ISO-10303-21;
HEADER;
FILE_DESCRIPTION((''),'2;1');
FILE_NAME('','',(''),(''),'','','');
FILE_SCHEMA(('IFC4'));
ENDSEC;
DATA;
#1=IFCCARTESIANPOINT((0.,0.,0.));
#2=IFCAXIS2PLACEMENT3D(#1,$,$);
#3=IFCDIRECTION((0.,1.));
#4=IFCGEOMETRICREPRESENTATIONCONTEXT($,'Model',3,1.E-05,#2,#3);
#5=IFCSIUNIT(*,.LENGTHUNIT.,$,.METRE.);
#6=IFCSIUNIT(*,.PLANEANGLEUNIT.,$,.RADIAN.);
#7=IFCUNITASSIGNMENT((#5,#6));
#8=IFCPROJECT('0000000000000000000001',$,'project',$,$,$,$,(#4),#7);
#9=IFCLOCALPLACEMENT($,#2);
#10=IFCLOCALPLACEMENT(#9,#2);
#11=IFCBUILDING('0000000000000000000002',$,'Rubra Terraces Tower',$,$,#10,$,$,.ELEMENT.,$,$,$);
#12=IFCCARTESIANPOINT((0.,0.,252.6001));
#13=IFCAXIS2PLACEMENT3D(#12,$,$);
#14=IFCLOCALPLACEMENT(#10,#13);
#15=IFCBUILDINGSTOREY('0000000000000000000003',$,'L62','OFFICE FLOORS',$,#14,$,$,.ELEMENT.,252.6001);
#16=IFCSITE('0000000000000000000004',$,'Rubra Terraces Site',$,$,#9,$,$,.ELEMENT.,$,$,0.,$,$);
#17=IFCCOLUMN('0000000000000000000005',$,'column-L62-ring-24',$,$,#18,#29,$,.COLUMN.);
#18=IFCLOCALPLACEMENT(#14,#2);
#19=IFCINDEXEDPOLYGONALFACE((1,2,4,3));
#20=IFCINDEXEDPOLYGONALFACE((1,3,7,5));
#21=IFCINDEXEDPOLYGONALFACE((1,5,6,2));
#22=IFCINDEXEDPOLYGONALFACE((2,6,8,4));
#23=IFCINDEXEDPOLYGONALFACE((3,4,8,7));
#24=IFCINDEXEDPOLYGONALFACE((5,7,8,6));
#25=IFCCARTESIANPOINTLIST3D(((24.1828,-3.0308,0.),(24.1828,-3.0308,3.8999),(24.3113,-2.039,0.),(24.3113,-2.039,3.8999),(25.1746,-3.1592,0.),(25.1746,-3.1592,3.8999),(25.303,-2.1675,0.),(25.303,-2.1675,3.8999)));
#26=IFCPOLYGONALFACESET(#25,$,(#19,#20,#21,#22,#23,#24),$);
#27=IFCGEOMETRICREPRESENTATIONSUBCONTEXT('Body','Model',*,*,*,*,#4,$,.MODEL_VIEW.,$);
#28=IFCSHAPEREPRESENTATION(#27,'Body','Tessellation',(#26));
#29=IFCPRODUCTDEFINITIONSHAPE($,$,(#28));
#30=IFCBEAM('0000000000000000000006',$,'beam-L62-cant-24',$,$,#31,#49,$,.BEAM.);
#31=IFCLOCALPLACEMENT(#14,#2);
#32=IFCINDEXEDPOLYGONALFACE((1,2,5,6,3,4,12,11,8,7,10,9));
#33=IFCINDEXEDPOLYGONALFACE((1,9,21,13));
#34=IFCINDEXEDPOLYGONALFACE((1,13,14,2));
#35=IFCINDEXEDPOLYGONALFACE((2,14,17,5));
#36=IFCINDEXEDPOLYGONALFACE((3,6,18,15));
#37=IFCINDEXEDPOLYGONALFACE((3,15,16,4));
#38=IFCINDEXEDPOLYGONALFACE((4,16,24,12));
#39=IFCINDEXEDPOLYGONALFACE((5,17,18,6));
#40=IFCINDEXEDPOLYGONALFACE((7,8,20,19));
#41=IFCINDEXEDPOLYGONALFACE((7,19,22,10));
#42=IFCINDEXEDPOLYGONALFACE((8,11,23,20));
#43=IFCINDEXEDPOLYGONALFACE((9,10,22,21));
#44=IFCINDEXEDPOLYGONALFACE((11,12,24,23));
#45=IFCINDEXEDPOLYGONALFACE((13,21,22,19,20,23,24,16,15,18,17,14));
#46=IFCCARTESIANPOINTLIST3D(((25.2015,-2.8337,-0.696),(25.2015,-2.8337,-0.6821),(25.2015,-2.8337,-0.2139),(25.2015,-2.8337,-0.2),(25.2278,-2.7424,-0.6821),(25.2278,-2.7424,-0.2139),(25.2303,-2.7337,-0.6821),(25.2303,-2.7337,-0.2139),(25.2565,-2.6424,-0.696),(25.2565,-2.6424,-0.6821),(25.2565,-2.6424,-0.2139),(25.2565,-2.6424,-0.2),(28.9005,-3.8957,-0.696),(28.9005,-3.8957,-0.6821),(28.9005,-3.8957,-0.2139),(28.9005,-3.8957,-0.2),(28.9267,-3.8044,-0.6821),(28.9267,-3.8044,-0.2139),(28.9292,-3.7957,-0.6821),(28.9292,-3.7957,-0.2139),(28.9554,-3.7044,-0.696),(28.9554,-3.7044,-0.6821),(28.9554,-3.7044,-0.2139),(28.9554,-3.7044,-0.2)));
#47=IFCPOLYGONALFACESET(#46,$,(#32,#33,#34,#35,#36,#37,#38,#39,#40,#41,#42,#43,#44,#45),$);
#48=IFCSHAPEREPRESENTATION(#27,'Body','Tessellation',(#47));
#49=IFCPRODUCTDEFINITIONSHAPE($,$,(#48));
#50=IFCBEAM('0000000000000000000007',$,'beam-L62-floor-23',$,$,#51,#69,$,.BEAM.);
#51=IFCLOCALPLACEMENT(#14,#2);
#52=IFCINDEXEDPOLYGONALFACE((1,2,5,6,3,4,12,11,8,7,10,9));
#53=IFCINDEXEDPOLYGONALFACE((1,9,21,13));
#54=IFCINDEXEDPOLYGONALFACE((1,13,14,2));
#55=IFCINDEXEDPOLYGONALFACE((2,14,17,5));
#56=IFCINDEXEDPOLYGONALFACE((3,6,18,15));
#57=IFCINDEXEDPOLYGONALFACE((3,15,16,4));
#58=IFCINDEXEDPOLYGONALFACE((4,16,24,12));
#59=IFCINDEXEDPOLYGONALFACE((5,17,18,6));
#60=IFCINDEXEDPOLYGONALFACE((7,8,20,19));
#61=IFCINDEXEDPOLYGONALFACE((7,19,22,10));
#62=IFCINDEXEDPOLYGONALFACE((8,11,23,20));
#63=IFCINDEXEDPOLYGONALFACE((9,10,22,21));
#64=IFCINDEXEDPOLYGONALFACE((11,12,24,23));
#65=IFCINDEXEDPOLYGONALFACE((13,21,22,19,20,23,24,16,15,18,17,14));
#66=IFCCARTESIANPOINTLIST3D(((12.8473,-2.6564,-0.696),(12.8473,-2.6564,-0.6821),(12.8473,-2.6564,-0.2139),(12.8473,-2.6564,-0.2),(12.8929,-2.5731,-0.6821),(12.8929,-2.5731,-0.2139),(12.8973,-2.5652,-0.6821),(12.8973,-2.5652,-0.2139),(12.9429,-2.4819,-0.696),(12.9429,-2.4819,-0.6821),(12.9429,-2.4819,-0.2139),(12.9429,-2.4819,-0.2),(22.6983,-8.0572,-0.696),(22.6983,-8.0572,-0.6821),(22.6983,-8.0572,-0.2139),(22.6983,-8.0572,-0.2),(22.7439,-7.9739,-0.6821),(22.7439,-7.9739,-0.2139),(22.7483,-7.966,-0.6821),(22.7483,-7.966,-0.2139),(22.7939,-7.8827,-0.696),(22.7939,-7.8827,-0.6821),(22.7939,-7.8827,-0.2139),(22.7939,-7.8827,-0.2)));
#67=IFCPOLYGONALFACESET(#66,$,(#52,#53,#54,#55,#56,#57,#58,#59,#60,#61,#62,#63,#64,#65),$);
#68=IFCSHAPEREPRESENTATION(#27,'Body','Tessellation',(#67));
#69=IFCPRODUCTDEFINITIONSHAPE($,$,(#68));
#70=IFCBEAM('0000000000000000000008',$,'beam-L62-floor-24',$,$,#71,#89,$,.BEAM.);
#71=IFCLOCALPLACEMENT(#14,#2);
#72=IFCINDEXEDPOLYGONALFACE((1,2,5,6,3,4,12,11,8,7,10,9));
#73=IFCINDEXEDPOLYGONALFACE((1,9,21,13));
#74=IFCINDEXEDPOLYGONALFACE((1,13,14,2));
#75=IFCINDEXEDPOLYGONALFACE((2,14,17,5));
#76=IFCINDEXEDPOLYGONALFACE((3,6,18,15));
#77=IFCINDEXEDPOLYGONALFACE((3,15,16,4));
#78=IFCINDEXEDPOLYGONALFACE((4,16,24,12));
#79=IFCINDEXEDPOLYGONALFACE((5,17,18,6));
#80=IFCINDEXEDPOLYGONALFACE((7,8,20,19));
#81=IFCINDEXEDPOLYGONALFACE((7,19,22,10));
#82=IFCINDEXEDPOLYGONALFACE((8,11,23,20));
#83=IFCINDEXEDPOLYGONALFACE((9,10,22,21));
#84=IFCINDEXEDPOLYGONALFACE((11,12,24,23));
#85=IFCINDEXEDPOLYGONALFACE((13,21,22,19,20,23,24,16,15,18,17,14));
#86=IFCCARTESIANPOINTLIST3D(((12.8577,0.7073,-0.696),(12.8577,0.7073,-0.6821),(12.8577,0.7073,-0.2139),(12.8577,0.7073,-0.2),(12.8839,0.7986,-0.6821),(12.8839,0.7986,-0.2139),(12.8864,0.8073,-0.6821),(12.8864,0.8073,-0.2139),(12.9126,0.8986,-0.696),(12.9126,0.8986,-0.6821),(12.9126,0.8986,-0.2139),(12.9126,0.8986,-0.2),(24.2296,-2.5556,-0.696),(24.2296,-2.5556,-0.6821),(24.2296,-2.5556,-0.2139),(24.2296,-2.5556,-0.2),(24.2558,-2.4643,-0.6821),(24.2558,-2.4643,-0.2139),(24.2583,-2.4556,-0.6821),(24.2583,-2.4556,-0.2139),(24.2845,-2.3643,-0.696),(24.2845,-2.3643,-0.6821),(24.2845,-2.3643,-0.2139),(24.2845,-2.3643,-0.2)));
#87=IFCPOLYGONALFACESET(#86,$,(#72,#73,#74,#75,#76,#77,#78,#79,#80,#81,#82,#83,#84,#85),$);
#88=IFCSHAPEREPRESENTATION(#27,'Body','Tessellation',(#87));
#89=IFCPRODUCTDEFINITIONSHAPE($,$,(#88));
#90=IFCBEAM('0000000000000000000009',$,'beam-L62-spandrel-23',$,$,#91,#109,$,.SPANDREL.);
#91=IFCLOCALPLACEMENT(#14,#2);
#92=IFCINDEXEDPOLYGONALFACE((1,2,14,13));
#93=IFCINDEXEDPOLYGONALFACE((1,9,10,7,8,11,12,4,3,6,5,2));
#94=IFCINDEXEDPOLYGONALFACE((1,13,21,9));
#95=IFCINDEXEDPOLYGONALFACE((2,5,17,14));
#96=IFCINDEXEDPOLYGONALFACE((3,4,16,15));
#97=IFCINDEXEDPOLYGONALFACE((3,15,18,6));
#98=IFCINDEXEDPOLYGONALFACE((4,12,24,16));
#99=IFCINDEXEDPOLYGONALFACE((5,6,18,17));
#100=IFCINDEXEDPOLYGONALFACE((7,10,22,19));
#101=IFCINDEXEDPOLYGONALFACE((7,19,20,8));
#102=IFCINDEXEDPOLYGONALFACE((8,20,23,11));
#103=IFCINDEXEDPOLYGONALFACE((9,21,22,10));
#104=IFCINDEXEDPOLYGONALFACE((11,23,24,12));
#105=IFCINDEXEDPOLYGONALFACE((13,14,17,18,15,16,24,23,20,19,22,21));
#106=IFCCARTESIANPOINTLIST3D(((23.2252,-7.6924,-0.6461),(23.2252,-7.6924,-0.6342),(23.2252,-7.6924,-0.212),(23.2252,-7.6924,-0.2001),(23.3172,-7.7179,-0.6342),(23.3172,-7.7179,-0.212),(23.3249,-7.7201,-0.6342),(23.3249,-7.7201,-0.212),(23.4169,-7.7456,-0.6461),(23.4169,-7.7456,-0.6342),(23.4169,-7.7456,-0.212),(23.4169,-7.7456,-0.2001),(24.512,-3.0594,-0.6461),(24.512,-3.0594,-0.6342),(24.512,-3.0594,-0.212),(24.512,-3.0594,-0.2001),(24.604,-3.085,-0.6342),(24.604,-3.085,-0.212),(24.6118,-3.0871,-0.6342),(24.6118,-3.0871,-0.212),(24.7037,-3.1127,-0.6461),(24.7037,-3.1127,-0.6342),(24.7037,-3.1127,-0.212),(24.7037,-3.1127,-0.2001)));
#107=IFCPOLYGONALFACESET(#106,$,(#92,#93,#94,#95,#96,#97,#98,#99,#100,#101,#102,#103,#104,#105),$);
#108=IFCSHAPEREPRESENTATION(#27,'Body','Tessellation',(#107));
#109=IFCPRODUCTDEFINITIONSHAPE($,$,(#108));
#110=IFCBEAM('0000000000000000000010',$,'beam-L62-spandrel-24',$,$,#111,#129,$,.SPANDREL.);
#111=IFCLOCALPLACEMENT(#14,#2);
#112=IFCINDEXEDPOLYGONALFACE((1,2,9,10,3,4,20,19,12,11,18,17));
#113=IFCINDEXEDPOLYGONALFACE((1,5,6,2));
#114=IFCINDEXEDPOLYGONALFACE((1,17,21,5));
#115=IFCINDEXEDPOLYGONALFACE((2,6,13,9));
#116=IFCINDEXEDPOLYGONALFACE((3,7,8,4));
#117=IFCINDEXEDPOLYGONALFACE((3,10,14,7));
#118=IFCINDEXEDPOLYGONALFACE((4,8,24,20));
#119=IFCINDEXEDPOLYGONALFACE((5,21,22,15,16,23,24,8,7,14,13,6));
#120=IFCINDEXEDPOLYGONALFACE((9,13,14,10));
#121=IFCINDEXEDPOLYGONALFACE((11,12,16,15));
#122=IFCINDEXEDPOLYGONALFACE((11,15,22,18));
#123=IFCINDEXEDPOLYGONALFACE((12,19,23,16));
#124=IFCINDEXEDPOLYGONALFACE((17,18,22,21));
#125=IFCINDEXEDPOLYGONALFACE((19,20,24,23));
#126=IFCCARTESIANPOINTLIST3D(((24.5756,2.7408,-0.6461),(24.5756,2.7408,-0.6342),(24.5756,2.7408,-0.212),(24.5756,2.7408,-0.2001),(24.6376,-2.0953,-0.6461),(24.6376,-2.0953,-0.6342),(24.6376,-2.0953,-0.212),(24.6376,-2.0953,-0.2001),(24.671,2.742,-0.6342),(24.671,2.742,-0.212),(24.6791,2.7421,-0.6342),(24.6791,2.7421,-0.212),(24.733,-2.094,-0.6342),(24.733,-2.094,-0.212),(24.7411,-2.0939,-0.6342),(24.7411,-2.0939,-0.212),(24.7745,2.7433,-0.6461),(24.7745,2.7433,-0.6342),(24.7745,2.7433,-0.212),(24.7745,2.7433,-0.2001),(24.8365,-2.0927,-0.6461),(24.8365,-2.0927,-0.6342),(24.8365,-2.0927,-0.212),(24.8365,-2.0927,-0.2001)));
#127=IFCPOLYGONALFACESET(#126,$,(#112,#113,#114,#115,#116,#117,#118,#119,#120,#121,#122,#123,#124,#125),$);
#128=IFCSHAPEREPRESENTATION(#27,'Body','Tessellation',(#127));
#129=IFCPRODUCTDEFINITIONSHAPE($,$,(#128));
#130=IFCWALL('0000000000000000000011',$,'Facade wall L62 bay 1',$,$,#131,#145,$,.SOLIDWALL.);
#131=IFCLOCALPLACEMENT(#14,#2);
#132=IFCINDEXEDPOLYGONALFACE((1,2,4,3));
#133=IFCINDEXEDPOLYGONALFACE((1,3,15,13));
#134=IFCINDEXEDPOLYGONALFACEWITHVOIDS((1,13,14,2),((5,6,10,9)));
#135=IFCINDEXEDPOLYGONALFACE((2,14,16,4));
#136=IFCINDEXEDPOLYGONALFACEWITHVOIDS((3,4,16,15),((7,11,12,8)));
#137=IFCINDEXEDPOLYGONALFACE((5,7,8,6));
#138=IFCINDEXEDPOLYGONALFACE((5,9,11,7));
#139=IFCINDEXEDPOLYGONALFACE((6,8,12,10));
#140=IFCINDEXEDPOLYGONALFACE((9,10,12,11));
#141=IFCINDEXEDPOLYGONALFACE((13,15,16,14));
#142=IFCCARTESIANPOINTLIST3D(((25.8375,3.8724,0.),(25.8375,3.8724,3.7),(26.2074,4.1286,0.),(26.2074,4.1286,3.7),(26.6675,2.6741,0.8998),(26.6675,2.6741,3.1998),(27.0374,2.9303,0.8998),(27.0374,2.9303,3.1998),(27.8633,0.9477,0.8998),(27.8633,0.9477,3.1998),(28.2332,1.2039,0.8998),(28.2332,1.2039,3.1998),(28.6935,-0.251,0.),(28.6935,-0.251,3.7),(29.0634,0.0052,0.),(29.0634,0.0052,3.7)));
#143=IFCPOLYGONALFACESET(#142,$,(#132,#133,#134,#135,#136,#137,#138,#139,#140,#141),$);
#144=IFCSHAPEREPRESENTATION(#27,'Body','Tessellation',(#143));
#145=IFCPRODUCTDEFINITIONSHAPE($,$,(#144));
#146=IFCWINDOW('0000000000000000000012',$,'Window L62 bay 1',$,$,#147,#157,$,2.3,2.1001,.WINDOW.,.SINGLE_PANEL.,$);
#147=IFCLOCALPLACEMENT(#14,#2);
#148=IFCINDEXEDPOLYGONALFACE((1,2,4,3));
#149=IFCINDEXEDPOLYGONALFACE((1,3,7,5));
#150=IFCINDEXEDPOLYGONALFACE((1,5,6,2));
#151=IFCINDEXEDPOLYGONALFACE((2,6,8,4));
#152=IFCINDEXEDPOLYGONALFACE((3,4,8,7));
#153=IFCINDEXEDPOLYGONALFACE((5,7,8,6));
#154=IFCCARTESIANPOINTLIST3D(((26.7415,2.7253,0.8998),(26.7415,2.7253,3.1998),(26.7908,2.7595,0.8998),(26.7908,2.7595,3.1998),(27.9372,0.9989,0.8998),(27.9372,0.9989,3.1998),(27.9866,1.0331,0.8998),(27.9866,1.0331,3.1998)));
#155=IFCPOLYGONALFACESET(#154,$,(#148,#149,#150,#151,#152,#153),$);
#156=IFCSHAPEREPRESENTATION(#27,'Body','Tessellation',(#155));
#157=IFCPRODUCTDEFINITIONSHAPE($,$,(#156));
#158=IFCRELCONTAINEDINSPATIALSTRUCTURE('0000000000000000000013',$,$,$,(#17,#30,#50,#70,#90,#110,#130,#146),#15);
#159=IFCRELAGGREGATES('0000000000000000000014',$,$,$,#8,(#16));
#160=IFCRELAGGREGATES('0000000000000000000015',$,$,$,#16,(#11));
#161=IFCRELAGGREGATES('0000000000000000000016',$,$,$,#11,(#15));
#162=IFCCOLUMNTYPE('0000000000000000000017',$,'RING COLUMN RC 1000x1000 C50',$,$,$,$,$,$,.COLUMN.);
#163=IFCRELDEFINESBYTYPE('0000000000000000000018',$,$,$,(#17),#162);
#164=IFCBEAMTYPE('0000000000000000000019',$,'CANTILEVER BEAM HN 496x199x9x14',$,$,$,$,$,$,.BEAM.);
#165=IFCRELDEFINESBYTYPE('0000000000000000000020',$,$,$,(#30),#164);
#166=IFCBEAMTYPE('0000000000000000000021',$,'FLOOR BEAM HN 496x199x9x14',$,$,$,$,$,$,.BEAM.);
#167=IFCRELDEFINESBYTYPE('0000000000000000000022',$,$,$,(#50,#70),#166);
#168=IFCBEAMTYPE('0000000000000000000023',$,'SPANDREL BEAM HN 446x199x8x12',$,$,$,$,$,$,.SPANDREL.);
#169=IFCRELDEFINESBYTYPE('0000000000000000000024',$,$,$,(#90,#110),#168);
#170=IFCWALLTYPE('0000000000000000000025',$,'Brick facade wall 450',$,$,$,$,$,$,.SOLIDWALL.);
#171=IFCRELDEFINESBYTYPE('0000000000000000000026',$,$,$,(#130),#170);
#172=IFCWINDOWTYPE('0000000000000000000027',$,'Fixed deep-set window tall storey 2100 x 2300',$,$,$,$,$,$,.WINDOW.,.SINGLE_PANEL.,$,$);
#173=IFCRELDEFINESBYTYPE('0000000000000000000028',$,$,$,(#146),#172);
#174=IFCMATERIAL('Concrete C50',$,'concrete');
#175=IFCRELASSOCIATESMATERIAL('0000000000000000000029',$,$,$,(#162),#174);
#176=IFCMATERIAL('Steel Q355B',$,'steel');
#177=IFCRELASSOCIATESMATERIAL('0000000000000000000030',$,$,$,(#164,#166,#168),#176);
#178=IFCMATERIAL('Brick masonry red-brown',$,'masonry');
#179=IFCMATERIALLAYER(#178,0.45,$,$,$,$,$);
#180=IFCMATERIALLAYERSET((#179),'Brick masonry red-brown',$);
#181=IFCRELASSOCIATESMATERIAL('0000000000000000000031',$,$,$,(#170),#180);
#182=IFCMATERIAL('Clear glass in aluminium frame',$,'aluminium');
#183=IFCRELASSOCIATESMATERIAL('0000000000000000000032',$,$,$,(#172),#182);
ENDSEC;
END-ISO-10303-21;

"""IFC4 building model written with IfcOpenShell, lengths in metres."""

from ifc_helpers import new_model, si_unit, direction, frame, frame_2d, origin, origin_2d, place, context, subcontext, project, spatial, rectangle, i_section, extrude, material, layer, layer_set, material_profile, profile_set, type_object, element, fill, save


model = new_model("IFC4")

# Units and contexts
model_context = context("Model", 3, precision=1e-05, world=origin(), true_north=direction((0.0, 1.0)))
body_context = subcontext(model_context, "Body", "Model", "MODEL_VIEW")
ifc_project = project(units=[si_unit("LENGTHUNIT", "METRE"), si_unit("PLANEANGLEUNIT", "RADIAN")], contexts=[model_context])

# Site, building, storey
site_placement = place(None, origin())
site = spatial("IfcSite", under=ifc_project, at=site_placement, Name="Rubra Terraces Site", CompositionType="ELEMENT", RefElevation=0.0)
building_placement = place(site_placement, origin())
building = spatial("IfcBuilding", under=site, at=building_placement, Name="Rubra Terraces Tower", CompositionType="ELEMENT")
storey_placement = place(building_placement, frame((0.0, 0.0, 252.6001)))
storey = spatial("IfcBuildingStorey", under=building, at=storey_placement, Name="L62", Description="OFFICE FLOORS", CompositionType="ELEMENT", Elevation=252.6001)

# Column
ifc_material_1 = material(Name="Concrete C50", Category="concrete")
ifc_material_profile_1 = material_profile(ifc_material_1, rectangle(XDim=1.0, YDim=1.0, at=origin_2d()), Name="RC 1000x1000")
ifc_profile_set_1 = profile_set([ifc_material_profile_1], Name="Concrete C50")
column_type = type_object("IfcColumnType", Name="RING COLUMN RC 1000x1000 C50", PredefinedType="COLUMN", material=ifc_profile_set_1)
column_placement = place(storey_placement, frame((24.7429, -2.5991, 0.0), z_axis=(0.0, 0.0, 1.0), x_axis=(0.128444, 0.991717, 0.0)))
element("IfcColumn", 1, at=column_placement, inside=storey, type_object=column_type, Name="column-L62-ring-24", PredefinedType="COLUMN", context=body_context, shape_type="SweptSolid", body=[
    extrude(rectangle(XDim=1.0, YDim=1.0, at=origin_2d()), origin(), (0.0, 0.0, 1.0), 3.8999),
])

# Beams
ifc_material_2 = material(Name="Steel Q355B", Category="steel")
ifc_material_profile_2 = material_profile(ifc_material_2, i_section(OverallWidth=0.199, OverallDepth=0.4961, WebThickness=0.009, FlangeThickness=0.0139, at=origin_2d()), Name="HN 496x199x9x14")
ifc_profile_set_2 = profile_set([ifc_material_profile_2], Name="Steel Q355B")
beam_type_1 = type_object("IfcBeamType", Name="CANTILEVER BEAM HN 496x199x9x14", PredefinedType="BEAM", material=ifc_profile_set_2)
beam_1_placement = place(storey_placement, frame((25.229, -2.738, -0.448), z_axis=(0.961169, -0.275961, 0.0), x_axis=(0.275961, 0.961169, 0.0)))
element("IfcBeam", 2, at=beam_1_placement, inside=storey, type_object=beam_type_1, Name="beam-L62-cant-24", PredefinedType="BEAM", context=body_context, shape_type="SweptSolid", body=[
    extrude(i_section(OverallWidth=0.199, OverallDepth=0.4961, WebThickness=0.009, FlangeThickness=0.0139, at=origin_2d()), origin(), (0.0, 0.0, 1.0), 3.8484),
])
ifc_material_profile_3 = material_profile(ifc_material_2, i_section(OverallWidth=0.199, OverallDepth=0.4961, WebThickness=0.009, FlangeThickness=0.0139, at=origin_2d()), Name="HN 496x199x9x14")
ifc_profile_set_3 = profile_set([ifc_material_profile_3], Name="Steel Q355B")
beam_type_2 = type_object("IfcBeamType", Name="FLOOR BEAM HN 496x199x9x14", PredefinedType="BEAM", material=ifc_profile_set_3)
beam_2_placement = place(storey_placement, frame((22.7461, -7.97, -0.448), z_axis=(-0.876862, 0.480742, 0.0), x_axis=(-0.480742, -0.876862, 0.0)))
element("IfcBeam", 3, at=beam_2_placement, inside=storey, type_object=beam_type_2, Name="beam-L62-floor-23", PredefinedType="BEAM", context=body_context, shape_type="SweptSolid", body=[
    extrude(i_section(OverallWidth=0.199, OverallDepth=0.4961, WebThickness=0.009, FlangeThickness=0.0139, at=origin_2d()), origin(), (0.0, 0.0, 1.0), 11.2344),
])
beam_3_placement = place(storey_placement, frame((24.2571, -2.46, -0.448), z_axis=(-0.961216, 0.275798, 0.0), x_axis=(-0.275798, -0.961216, 0.0)))
element("IfcBeam", 4, at=beam_3_placement, inside=storey, type_object=beam_type_2, Name="beam-L62-floor-24", PredefinedType="BEAM", context=body_context, shape_type="SweptSolid", body=[
    extrude(i_section(OverallWidth=0.199, OverallDepth=0.4961, WebThickness=0.009, FlangeThickness=0.0139, at=origin_2d()), origin(), (0.0, 0.0, 1.0), 11.8308),
])
ifc_material_profile_4 = material_profile(ifc_material_2, i_section(OverallWidth=0.199, OverallDepth=0.446, WebThickness=0.0081, FlangeThickness=0.012, at=origin_2d()), Name="HN 446x199x8x12")
ifc_profile_set_4 = profile_set([ifc_material_profile_4], Name="Steel Q355B")
beam_type_3 = type_object("IfcBeamType", Name="SPANDREL BEAM HN 446x199x8x12", PredefinedType="SPANDREL", material=ifc_profile_set_4)
beam_4_placement = place(storey_placement, frame((23.321, -7.719, -0.4231), z_axis=(0.267626, 0.963523, 0.0), x_axis=(-0.963523, 0.267626, 0.0)))
element("IfcBeam", 5, at=beam_4_placement, inside=storey, type_object=beam_type_3, Name="beam-L62-spandrel-23", PredefinedType="SPANDREL", context=body_context, shape_type="SweptSolid", body=[
    extrude(i_section(OverallWidth=0.199, OverallDepth=0.446, WebThickness=0.0081, FlangeThickness=0.012, at=origin_2d()), origin(), (0.0, 0.0, 1.0), 4.8083),
])
beam_5_placement = place(storey_placement, frame((24.7371, -2.094, -0.4231), z_axis=(-0.012822, 0.999918, 0.0), x_axis=(-0.999918, -0.012822, 0.0)))
element("IfcBeam", 6, at=beam_5_placement, inside=storey, type_object=beam_type_3, Name="beam-L62-spandrel-24", PredefinedType="SPANDREL", context=body_context, shape_type="SweptSolid", body=[
    extrude(i_section(OverallWidth=0.199, OverallDepth=0.446, WebThickness=0.0081, FlangeThickness=0.012, at=origin_2d()), origin(), (0.0, 0.0, 1.0), 4.8364),
])

# Wall, opening, window
ifc_material_3 = material(Name="Brick masonry red-brown", Category="masonry")
ifc_layer_1 = layer(ifc_material_3, 0.45)
ifc_layer_set_1 = layer_set([ifc_layer_1], Name="Brick masonry red-brown")
wall_type_1 = type_object("IfcWallType", Name="Brick facade wall 450", PredefinedType="SOLIDWALL", material=ifc_layer_set_1)
wall_1_placement = place(storey_placement, frame((28.8784, -0.1228, 0.0), z_axis=(0.0, 0.0, 1.0), x_axis=(-0.569395, 0.822064, 0.0)))
wall_1 = element("IfcWall", 7, at=wall_1_placement, inside=storey, type_object=wall_type_1, Name="Facade wall L62 bay 1", PredefinedType="SOLIDWALL", context=body_context, shape_type="SweptSolid", body=[
    extrude(rectangle(XDim=5.0159, YDim=0.45, at=frame_2d((2.5078, 0.0))), origin(), (0.0, 0.0, 1.0), 3.7),
])
opening_1_placement = place(wall_1_placement, frame((1.458, 0.0, 0.8999)))
opening_1 = element("IfcOpeningElement", 8, at=opening_1_placement, cuts=wall_1, PredefinedType="OPENING", context=body_context, shape_type="SweptSolid", body=[
    extrude(rectangle(XDim=2.1001, YDim=2.3, at=frame_2d((1.05, 1.1499))), frame((0.0, 0.2349, 0.0), z_axis=(0.0, -1.0, 0.0), x_axis=(1.0, 0.0, 0.0)), (0.0, 0.0, 1.0), 0.47),
])
ifc_material_4 = material(Name="Clear glass in aluminium frame", Category="aluminium")
window_type = type_object("IfcWindowType", Name="Fixed deep-set window tall storey 2100 x 2300", PartitioningType="SINGLE_PANEL", PredefinedType="WINDOW", material=ifc_material_4)
window_1_placement = place(opening_1_placement, origin())
window_1 = element("IfcWindow", 9, at=window_1_placement, inside=storey, type_object=window_type, Name="Window L62 bay 1", OverallHeight=2.3, OverallWidth=2.1001, PartitioningType="SINGLE_PANEL", PredefinedType="WINDOW", context=body_context, shape_type="SweptSolid", body=[
    extrude(rectangle(XDim=2.1001, YDim=2.3, at=frame_2d((1.05, 1.1499))), frame((0.0, 0.135, 0.0), z_axis=(0.0, -1.0, 0.0), x_axis=(1.0, 0.0, 0.0)), (0.0, 0.0, 1.0), 0.0601),
])
fill(opening_1, window_1)

save(model, "model.ifc")
